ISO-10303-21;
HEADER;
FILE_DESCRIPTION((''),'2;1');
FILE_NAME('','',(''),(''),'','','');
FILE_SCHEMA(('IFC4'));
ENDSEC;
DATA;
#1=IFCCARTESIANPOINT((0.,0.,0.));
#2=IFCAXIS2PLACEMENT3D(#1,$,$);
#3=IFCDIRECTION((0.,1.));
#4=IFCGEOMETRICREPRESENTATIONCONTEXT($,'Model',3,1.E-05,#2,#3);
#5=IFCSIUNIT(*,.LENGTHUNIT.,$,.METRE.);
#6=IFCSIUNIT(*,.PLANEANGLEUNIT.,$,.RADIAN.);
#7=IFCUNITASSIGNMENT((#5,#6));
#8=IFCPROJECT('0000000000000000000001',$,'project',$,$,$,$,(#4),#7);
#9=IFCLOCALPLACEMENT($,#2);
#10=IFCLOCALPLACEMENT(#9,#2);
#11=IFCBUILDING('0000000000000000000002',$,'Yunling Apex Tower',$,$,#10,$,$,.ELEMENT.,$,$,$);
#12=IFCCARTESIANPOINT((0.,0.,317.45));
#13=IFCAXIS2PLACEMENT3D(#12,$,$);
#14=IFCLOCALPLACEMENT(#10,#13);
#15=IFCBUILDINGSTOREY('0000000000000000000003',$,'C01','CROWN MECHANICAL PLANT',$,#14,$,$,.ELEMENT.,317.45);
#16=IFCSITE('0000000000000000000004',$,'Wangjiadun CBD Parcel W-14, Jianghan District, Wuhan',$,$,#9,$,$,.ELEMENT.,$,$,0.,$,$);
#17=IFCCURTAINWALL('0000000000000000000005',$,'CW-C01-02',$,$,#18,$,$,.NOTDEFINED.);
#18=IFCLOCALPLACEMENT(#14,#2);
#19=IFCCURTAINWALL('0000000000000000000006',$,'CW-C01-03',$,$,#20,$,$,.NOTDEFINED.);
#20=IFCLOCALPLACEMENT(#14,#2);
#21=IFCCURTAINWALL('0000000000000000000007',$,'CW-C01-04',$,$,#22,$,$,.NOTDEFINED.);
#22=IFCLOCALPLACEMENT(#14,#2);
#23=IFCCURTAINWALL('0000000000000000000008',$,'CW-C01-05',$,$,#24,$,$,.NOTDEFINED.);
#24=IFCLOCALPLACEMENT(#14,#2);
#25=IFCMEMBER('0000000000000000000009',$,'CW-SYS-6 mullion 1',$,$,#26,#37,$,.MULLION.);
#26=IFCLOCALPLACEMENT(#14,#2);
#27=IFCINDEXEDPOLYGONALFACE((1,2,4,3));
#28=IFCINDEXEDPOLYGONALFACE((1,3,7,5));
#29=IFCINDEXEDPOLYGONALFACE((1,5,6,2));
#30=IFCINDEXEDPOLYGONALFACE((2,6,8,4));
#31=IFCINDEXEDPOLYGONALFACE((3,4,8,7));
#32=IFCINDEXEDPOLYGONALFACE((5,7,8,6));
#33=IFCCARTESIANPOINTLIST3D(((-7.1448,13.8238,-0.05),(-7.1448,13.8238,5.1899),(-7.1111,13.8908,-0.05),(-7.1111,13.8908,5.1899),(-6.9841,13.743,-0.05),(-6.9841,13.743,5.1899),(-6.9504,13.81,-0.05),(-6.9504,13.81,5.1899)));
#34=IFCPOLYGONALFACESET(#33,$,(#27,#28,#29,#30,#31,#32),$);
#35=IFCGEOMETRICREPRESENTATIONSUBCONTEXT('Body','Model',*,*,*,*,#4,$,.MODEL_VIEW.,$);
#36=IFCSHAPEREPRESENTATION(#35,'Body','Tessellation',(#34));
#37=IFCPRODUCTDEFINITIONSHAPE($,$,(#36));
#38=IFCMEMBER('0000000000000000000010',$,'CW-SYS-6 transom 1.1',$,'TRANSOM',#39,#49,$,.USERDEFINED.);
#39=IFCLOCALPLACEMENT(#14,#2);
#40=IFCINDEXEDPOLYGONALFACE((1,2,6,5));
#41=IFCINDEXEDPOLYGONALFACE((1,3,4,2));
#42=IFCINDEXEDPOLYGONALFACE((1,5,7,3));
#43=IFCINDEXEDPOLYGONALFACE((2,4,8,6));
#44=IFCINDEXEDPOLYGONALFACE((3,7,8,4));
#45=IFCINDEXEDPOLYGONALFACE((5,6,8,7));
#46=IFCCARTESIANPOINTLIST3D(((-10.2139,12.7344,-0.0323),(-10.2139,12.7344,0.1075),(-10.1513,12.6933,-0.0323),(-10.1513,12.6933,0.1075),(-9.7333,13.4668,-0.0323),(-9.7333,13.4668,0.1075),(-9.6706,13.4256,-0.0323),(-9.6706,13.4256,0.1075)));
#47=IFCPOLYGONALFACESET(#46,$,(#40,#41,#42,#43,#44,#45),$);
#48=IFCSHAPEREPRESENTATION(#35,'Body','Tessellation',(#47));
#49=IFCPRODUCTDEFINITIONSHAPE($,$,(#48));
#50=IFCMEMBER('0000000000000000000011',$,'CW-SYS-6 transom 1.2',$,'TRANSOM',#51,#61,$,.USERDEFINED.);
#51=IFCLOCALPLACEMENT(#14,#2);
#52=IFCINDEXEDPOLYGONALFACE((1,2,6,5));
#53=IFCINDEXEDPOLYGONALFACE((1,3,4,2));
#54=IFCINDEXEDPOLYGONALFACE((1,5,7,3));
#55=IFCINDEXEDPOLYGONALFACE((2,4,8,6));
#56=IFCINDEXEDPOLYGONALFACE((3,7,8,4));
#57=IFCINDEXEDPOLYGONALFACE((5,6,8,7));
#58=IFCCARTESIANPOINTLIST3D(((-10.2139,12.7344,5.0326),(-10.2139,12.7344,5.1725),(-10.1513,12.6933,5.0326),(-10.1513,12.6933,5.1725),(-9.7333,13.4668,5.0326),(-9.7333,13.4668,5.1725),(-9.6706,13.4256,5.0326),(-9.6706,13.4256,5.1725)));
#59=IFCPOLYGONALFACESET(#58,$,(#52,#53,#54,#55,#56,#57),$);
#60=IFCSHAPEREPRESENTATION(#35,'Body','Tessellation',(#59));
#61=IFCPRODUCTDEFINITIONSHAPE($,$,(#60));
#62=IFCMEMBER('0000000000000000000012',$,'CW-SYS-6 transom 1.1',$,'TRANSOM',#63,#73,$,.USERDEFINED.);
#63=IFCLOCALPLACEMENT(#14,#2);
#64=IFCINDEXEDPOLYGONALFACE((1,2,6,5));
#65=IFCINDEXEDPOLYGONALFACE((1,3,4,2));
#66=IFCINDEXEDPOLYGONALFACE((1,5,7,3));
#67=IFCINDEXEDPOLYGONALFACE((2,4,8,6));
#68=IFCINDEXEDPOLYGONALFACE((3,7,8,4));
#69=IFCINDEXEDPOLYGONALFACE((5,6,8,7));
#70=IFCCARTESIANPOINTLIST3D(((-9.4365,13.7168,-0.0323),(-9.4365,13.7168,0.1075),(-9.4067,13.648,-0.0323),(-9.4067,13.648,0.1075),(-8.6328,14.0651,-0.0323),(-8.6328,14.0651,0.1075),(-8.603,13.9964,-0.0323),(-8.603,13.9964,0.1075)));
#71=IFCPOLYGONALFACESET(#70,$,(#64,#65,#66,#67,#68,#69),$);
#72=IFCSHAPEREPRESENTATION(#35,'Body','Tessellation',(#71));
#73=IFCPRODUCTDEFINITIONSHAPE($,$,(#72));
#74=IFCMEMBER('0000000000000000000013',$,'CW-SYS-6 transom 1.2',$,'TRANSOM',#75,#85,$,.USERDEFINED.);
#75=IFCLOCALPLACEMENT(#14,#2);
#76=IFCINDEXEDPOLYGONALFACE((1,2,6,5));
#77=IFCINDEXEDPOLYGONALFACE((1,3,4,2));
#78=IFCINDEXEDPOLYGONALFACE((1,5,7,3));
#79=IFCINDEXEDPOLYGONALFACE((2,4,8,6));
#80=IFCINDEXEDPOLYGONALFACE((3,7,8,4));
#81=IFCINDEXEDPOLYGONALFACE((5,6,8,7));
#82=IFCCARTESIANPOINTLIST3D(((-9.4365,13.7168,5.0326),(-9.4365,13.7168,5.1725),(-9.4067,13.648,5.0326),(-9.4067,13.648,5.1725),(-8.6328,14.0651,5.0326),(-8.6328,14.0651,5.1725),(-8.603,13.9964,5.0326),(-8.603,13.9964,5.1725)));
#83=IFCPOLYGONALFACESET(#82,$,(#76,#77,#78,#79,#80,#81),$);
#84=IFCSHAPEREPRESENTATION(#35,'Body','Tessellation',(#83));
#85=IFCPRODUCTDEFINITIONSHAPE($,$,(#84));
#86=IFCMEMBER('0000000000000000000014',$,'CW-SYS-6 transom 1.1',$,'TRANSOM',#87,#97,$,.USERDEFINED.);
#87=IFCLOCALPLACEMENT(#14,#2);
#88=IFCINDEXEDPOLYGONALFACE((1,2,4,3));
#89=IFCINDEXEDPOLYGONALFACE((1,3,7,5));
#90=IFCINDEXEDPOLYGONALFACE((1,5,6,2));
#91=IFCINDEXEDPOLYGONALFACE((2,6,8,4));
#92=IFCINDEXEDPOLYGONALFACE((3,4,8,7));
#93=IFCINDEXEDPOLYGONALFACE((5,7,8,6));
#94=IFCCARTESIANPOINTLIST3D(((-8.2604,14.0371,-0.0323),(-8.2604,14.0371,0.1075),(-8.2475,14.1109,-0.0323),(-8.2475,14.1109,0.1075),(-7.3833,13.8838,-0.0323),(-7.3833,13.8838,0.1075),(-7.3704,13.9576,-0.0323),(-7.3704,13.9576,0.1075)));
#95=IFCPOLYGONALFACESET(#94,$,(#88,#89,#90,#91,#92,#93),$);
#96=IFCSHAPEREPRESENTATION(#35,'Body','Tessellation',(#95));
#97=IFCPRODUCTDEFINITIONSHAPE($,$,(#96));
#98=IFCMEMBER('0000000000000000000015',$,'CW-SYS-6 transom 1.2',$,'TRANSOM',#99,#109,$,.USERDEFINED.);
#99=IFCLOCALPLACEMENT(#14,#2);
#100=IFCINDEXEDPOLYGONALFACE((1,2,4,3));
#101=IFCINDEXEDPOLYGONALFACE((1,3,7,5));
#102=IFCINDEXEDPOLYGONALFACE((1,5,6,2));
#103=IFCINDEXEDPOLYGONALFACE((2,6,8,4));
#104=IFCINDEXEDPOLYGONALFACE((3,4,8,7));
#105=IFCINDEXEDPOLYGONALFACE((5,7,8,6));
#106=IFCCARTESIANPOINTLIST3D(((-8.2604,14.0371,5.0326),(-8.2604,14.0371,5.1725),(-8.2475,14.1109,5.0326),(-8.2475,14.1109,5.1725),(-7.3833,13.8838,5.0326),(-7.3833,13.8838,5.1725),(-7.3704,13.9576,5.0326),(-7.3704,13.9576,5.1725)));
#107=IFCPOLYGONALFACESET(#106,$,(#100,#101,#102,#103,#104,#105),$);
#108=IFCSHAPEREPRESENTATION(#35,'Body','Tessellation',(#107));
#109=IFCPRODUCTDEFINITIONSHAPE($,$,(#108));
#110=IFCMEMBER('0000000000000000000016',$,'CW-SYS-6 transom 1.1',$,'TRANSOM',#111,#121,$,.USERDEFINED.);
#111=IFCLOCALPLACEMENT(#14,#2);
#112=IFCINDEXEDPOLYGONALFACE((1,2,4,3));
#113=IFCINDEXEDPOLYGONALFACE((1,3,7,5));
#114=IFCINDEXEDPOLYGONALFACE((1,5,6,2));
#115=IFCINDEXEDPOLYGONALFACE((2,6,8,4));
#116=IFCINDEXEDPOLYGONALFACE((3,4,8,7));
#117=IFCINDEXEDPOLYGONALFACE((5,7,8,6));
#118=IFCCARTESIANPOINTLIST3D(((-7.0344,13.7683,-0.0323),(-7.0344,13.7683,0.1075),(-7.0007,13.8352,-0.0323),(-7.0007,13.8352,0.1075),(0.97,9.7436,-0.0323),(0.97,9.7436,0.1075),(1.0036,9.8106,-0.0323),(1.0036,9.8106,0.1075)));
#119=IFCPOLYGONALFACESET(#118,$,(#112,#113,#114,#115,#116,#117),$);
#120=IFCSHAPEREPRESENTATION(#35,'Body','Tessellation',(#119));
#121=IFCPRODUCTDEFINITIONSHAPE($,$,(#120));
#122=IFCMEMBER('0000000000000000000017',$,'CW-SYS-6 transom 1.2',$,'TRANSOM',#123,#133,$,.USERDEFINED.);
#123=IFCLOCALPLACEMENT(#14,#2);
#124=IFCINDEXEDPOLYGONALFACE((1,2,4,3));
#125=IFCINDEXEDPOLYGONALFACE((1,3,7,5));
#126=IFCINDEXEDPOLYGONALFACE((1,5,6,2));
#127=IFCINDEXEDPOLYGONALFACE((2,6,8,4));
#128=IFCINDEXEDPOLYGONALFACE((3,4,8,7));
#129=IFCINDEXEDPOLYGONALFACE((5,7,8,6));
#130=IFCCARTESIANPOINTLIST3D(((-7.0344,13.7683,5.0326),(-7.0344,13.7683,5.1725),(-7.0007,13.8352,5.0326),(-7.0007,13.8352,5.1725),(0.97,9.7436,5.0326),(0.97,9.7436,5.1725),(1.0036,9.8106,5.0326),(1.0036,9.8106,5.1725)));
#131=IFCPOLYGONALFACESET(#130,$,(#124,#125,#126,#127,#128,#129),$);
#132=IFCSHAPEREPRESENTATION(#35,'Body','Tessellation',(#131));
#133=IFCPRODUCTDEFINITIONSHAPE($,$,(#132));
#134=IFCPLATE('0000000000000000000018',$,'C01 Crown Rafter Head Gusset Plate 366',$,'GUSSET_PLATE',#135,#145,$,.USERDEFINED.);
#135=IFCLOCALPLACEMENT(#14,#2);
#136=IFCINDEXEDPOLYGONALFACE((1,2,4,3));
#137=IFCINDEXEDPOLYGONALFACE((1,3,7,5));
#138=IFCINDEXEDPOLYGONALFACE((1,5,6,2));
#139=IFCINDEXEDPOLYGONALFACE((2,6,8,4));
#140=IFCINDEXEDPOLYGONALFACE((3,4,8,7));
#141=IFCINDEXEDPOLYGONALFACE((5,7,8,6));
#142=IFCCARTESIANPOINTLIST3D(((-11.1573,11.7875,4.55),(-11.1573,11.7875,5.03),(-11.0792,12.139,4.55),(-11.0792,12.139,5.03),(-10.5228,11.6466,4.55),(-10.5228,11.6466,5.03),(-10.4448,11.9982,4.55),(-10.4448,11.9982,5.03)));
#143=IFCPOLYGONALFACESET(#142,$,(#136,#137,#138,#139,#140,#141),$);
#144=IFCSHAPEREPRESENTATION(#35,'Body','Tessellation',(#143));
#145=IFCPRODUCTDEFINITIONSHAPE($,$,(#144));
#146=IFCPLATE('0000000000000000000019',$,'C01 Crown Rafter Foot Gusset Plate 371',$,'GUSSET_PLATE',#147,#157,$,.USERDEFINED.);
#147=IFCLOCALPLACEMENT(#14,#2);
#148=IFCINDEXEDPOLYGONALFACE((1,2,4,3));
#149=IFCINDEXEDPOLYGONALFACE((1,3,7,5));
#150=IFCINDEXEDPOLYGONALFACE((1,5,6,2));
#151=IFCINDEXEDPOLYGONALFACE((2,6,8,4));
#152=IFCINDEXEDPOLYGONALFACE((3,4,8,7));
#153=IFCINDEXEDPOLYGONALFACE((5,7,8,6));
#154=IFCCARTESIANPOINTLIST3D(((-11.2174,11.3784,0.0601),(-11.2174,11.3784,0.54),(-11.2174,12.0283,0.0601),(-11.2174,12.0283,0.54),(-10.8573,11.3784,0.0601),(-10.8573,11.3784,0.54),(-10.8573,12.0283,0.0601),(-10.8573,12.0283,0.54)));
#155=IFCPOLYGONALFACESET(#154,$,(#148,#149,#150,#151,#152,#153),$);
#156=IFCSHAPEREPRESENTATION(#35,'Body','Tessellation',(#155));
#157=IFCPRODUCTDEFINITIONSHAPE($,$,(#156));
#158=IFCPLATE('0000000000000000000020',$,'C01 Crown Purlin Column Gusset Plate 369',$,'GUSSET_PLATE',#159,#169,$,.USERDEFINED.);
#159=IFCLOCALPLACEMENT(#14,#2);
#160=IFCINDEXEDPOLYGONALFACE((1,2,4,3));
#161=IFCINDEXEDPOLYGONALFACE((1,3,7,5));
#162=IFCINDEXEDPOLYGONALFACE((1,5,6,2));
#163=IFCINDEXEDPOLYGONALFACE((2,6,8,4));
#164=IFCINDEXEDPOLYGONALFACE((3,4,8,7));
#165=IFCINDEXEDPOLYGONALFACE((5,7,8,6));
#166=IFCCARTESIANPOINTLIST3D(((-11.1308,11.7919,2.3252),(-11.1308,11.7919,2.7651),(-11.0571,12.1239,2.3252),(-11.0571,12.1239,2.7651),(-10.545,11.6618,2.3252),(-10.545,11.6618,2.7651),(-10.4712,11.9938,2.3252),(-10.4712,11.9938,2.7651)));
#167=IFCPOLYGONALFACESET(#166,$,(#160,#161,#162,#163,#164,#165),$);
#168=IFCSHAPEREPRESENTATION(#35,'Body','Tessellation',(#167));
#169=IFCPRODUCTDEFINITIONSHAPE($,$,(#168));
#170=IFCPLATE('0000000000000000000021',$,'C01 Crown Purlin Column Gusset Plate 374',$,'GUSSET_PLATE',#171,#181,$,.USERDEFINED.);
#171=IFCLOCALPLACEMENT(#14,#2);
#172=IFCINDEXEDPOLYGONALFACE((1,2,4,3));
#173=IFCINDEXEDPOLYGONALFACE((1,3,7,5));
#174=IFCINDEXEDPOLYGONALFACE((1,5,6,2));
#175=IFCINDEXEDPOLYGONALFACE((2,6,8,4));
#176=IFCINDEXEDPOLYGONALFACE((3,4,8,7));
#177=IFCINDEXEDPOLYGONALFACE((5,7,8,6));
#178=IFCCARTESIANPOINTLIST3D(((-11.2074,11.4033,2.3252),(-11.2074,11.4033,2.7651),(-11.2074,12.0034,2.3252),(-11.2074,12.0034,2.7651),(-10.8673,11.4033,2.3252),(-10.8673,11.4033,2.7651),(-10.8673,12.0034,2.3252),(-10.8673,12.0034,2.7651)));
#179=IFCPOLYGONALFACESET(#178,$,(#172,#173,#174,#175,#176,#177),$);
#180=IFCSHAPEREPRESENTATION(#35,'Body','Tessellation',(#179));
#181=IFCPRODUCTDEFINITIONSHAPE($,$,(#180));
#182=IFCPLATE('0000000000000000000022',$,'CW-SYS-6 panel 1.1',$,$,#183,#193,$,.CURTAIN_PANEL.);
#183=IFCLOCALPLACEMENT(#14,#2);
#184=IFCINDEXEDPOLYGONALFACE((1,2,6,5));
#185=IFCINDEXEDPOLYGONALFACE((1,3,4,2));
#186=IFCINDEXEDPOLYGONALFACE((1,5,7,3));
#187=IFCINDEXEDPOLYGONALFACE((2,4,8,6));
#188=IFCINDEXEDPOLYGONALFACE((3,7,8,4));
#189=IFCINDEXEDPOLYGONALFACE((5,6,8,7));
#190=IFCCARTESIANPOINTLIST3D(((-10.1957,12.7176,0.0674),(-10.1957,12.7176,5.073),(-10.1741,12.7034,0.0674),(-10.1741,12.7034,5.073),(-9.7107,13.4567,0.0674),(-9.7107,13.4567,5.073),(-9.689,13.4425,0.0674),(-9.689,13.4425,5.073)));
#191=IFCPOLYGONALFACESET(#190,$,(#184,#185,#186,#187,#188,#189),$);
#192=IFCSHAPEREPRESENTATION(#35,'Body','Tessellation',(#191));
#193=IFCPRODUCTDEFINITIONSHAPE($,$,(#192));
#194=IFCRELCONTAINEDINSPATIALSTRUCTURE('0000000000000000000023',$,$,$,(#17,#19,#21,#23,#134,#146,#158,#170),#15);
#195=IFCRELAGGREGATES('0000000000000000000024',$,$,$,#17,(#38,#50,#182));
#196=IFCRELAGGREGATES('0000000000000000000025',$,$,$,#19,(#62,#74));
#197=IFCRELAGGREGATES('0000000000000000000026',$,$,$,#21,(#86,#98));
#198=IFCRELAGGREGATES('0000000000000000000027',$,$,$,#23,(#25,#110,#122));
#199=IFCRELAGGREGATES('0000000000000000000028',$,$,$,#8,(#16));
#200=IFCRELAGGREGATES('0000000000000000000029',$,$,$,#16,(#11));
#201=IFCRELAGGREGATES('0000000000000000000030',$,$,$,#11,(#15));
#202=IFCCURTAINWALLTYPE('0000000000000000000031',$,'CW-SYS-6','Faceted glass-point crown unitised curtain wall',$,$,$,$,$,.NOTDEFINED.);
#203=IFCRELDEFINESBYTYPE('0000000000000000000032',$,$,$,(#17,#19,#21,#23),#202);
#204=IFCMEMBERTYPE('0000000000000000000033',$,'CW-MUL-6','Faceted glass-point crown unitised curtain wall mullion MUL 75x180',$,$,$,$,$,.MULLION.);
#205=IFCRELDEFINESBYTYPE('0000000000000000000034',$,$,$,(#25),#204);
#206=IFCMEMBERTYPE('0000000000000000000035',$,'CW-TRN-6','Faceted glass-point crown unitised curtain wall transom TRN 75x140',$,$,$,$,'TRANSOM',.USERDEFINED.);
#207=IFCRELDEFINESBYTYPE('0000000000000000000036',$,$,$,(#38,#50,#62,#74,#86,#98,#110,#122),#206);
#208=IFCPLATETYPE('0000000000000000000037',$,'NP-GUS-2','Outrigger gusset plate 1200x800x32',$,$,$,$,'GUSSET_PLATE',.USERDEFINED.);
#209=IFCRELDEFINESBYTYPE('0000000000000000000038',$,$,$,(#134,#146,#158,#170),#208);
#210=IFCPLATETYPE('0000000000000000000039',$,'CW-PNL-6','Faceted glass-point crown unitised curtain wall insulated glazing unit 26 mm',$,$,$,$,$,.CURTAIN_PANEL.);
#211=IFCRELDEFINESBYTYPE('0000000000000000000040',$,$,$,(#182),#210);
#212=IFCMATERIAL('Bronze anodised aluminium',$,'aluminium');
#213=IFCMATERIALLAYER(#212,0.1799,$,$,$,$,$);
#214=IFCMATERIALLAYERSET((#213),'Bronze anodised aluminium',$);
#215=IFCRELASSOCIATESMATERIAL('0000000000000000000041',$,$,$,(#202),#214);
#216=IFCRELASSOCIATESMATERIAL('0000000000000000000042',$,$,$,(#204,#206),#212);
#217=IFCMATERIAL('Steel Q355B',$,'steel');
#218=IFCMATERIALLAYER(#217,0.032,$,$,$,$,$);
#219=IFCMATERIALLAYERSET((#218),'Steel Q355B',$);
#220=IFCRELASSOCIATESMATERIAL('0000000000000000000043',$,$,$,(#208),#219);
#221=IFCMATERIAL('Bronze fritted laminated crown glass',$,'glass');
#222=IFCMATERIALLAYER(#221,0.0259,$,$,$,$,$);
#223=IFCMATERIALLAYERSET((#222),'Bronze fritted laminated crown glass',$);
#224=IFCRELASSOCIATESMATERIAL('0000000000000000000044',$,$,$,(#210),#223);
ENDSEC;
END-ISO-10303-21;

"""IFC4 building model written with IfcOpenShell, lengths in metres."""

from ifc_helpers import new_model, si_unit, direction, frame, origin, origin_2d, place, context, subcontext, project, spatial, rectangle, extrude, source, transform, mapped, material, layer, layer_set, material_profile, profile_set, type_object, element, aggregate, save


model = new_model("IFC4")

# Units and contexts
model_context = context("Model", 3, precision=1e-05, world=origin(), true_north=direction((0.0, 1.0)))
body_context = subcontext(model_context, "Body", "Model", "MODEL_VIEW")
ifc_project = project(units=[si_unit("LENGTHUNIT", "METRE"), si_unit("PLANEANGLEUNIT", "RADIAN")], contexts=[model_context])

# Site, building, storey
site_placement = place(None, origin())
site = spatial("IfcSite", under=ifc_project, at=site_placement, Name="Wangjiadun CBD Parcel W-14, Jianghan District, Wuhan", CompositionType="ELEMENT", RefElevation=0.0)
building_placement = place(site_placement, origin())
building = spatial("IfcBuilding", under=site, at=building_placement, Name="Yunling Apex Tower", CompositionType="ELEMENT")
storey_placement = place(building_placement, frame((0.0, 0.0, 317.45)))
storey = spatial("IfcBuildingStorey", under=building, at=storey_placement, Name="C01", Description="CROWN MECHANICAL PLANT", CompositionType="ELEMENT", Elevation=317.45)

# Shared definitions
ifc_material_1 = material(Name="Steel Q355B", Category="steel")

# Shared definitions
ifc_material_2 = material(Name="Bronze anodised aluminium", Category="aluminium")
ifc_layer_1 = layer(ifc_material_2, 0.1799)
ifc_layer_set_1 = layer_set([ifc_layer_1], Name="Bronze anodised aluminium")
curtain_wall_type = type_object("IfcCurtainWallType", Name="CW-SYS-6", Description="Faceted glass-point crown unitised curtain wall", PredefinedType="NOTDEFINED", material=ifc_layer_set_1)
ifc_material_profile_1 = material_profile(ifc_material_2, rectangle(XDim=0.075, YDim=0.1799, at=origin_2d()))
ifc_profile_set_1 = profile_set([ifc_material_profile_1], Name="Bronze anodised aluminium")
member_type_1 = type_object("IfcMemberType", Name="CW-MUL-6", Description="Faceted glass-point crown unitised curtain wall mullion MUL 75x180", PredefinedType="MULLION", material=ifc_profile_set_1)
shared_shape_1 = source(origin(), body_context, "Body", "SweptSolid", [
    extrude(rectangle(XDim=0.075, YDim=0.1799, at=origin_2d()), origin(), (0.0, 0.0, 1.0), 5.24),
])

# Curtain walls
curtain_wall_1_placement = place(storey_placement, origin())
curtain_wall_1 = element("IfcCurtainWall", 1, at=curtain_wall_1_placement, inside=storey, type_object=curtain_wall_type, Name="CW-C01-02", PredefinedType="NOTDEFINED")
curtain_wall_2_placement = place(storey_placement, origin())
curtain_wall_2 = element("IfcCurtainWall", 2, at=curtain_wall_2_placement, inside=storey, type_object=curtain_wall_type, Name="CW-C01-03", PredefinedType="NOTDEFINED")
curtain_wall_3_placement = place(storey_placement, origin())
curtain_wall_3 = element("IfcCurtainWall", 3, at=curtain_wall_3_placement, inside=storey, type_object=curtain_wall_type, Name="CW-C01-04", PredefinedType="NOTDEFINED")

# Curtain wall, member
curtain_wall_4_placement = place(storey_placement, origin())
curtain_wall_4 = element("IfcCurtainWall", 4, at=curtain_wall_4_placement, inside=storey, type_object=curtain_wall_type, Name="CW-C01-05", PredefinedType="NOTDEFINED")
member_1_placement = place(storey_placement, frame((-7.0476, 13.8169, -0.05), z_axis=(0.0, 0.0, 1.0), x_axis=(0.449228, 0.893417, 0.0)))
member_1 = element("IfcMember", 5, at=member_1_placement, type_object=member_type_1, Name="CW-SYS-6 mullion 1", PredefinedType="MULLION", context=body_context, shape_type="MappedRepresentation", body=[
    mapped(shared_shape_1, transform((0.0, 0.0, 0.0), scale=1.0)),
])

# Members
ifc_material_profile_2 = material_profile(ifc_material_2, rectangle(XDim=0.075, YDim=0.1399, at=origin_2d()))
ifc_profile_set_2 = profile_set([ifc_material_profile_2], Name="Bronze anodised aluminium")
member_type_2 = type_object("IfcMemberType", Name="CW-TRN-6", Description="Faceted glass-point crown unitised curtain wall transom TRN 75x140", ElementType="TRANSOM", PredefinedType="USERDEFINED", material=ifc_profile_set_2)
shared_shape_2 = source(origin(), body_context, "Body", "SweptSolid", [
    extrude(rectangle(XDim=0.075, YDim=0.1399, at=origin_2d()), origin(), (0.0, 0.0, 1.0), 0.876),
])
member_2_placement = place(storey_placement, frame((-10.1826, 12.7139, 0.0376), z_axis=(0.548705, 0.836016, 0.0), x_axis=(-0.836016, 0.548705, 0.0)))
member_2 = element("IfcMember", 6, at=member_2_placement, type_object=member_type_2, Name="CW-SYS-6 transom 1.1", ObjectType="TRANSOM", PredefinedType="USERDEFINED", context=body_context, shape_type="MappedRepresentation", body=[
    mapped(shared_shape_2, transform((0.0, 0.0, 0.0), scale=1.0)),
])
member_3_placement = place(storey_placement, frame((-10.1826, 12.7139, 5.1025), z_axis=(0.548705, 0.836016, 0.0), x_axis=(-0.836016, 0.548705, 0.0)))
member_3 = element("IfcMember", 7, at=member_3_placement, type_object=member_type_2, Name="CW-SYS-6 transom 1.2", ObjectType="TRANSOM", PredefinedType="USERDEFINED", context=body_context, shape_type="MappedRepresentation", body=[
    mapped(shared_shape_2, transform((0.0, 0.0, 0.0), scale=1.0)),
])
member_4_placement = place(storey_placement, frame((-9.4216, 13.6824, 0.0376), z_axis=(0.917508, 0.397717, 0.0), x_axis=(-0.397717, 0.917508, 0.0)))
member_4 = element("IfcMember", 8, at=member_4_placement, type_object=member_type_2, Name="CW-SYS-6 transom 1.1", ObjectType="TRANSOM", PredefinedType="USERDEFINED", context=body_context, shape_type="MappedRepresentation", body=[
    mapped(shared_shape_2, transform((0.0, 0.0, 0.0), scale=1.0)),
])
member_5_placement = place(storey_placement, frame((-9.4216, 13.6824, 5.1025), z_axis=(0.917508, 0.397717, 0.0), x_axis=(-0.397717, 0.917508, 0.0)))
member_5 = element("IfcMember", 9, at=member_5_placement, type_object=member_type_2, Name="CW-SYS-6 transom 1.2", ObjectType="TRANSOM", PredefinedType="USERDEFINED", context=body_context, shape_type="MappedRepresentation", body=[
    mapped(shared_shape_2, transform((0.0, 0.0, 0.0), scale=1.0)),
])
shared_shape_3 = source(origin(), body_context, "Body", "SweptSolid", [
    extrude(rectangle(XDim=0.075, YDim=0.1399, at=origin_2d()), origin(), (0.0, 0.0, 1.0), 0.8904),
])
member_6_placement = place(storey_placement, frame((-8.2539, 14.074, 0.0376), z_axis=(0.985067, -0.172174, 0.0), x_axis=(0.172174, 0.985067, 0.0)))
member_6 = element("IfcMember", 10, at=member_6_placement, type_object=member_type_2, Name="CW-SYS-6 transom 1.1", ObjectType="TRANSOM", PredefinedType="USERDEFINED", context=body_context, shape_type="MappedRepresentation", body=[
    mapped(shared_shape_3, transform((0.0, 0.0, 0.0), scale=1.0)),
])
member_7_placement = place(storey_placement, frame((-8.2539, 14.074, 5.1025), z_axis=(0.985067, -0.172174, 0.0), x_axis=(0.172174, 0.985067, 0.0)))
member_7 = element("IfcMember", 11, at=member_7_placement, type_object=member_type_2, Name="CW-SYS-6 transom 1.2", ObjectType="TRANSOM", PredefinedType="USERDEFINED", context=body_context, shape_type="MappedRepresentation", body=[
    mapped(shared_shape_3, transform((0.0, 0.0, 0.0), scale=1.0)),
])
shared_shape_4 = source(origin(), body_context, "Body", "SweptSolid", [
    extrude(rectangle(XDim=0.075, YDim=0.1399, at=origin_2d()), origin(), (0.0, 0.0, 1.0), 8.9592),
])
member_8_placement = place(storey_placement, frame((-7.0176, 13.8018, 0.0376), z_axis=(0.893422, -0.449218, 0.0), x_axis=(0.449218, 0.893422, 0.0)))
member_8 = element("IfcMember", 12, at=member_8_placement, type_object=member_type_2, Name="CW-SYS-6 transom 1.1", ObjectType="TRANSOM", PredefinedType="USERDEFINED", context=body_context, shape_type="MappedRepresentation", body=[
    mapped(shared_shape_4, transform((0.0, 0.0, 0.0), scale=1.0)),
])
member_9_placement = place(storey_placement, frame((-7.0176, 13.8018, 5.1025), z_axis=(0.893422, -0.449218, 0.0), x_axis=(0.449218, 0.893422, 0.0)))
member_9 = element("IfcMember", 13, at=member_9_placement, type_object=member_type_2, Name="CW-SYS-6 transom 1.2", ObjectType="TRANSOM", PredefinedType="USERDEFINED", context=body_context, shape_type="MappedRepresentation", body=[
    mapped(shared_shape_4, transform((0.0, 0.0, 0.0), scale=1.0)),
])

# Plates
ifc_layer_2 = layer(ifc_material_1, 0.032)
ifc_layer_set_2 = layer_set([ifc_layer_2], Name="Steel Q355B")
plate_type_1 = type_object("IfcPlateType", Name="NP-GUS-2", Description="Outrigger gusset plate 1200x800x32", ElementType="GUSSET_PLATE", PredefinedType="USERDEFINED", material=ifc_layer_set_2)
shared_shape_5 = source(origin(), body_context, "Body", "SweptSolid", [
    extrude(rectangle(XDim=0.6499, YDim=0.3601, at=origin_2d()), origin(), (0.0, 0.0, 1.0), 0.48),
])
for number, where, z_axis, x_axis, name in (
    (14, (-10.801, 11.8928, 4.55), (0.0, 0.0, 1.0), (-0.97622, 0.21678, 0.0), "C01 Crown Rafter Head Gusset Plate 366"),
    (15, (-11.0374, 11.7034, 0.0601), (0.0, 0.0, 1.0), (0.0, -1.0, 0.0), "C01 Crown Rafter Foot Gusset Plate 371"),
):
    element("IfcPlate", number, at=place(storey_placement, frame(where, z_axis=z_axis, x_axis=x_axis)), inside=storey, type_object=plate_type_1, Name=name, ObjectType="GUSSET_PLATE", PredefinedType="USERDEFINED", context=body_context, shape_type="MappedRepresentation", body=[
        mapped(shared_shape_5, transform((0.0, 0.0, 0.0), scale=1.0)),
    ])
shared_shape_6 = source(origin(), body_context, "Body", "SweptSolid", [
    extrude(rectangle(XDim=0.6001, YDim=0.3401, at=origin_2d()), origin(), (0.0, 0.0, 1.0), 0.4399),
])
for number, where, z_axis, x_axis, name in (
    (16, (-10.801, 11.8928, 2.3252), (0.0, 0.0, 1.0), (-0.97622, 0.21678, 0.0), "C01 Crown Purlin Column Gusset Plate 369"),
    (17, (-11.0374, 11.7034, 2.3252), (0.0, 0.0, 1.0), (0.0, -1.0, 0.0), "C01 Crown Purlin Column Gusset Plate 374"),
):
    element("IfcPlate", number, at=place(storey_placement, frame(where, z_axis=z_axis, x_axis=x_axis)), inside=storey, type_object=plate_type_1, Name=name, ObjectType="GUSSET_PLATE", PredefinedType="USERDEFINED", context=body_context, shape_type="MappedRepresentation", body=[
        mapped(shared_shape_6, transform((0.0, 0.0, 0.0), scale=1.0)),
    ])

# Plate
ifc_material_3 = material(Name="Bronze fritted laminated crown glass", Category="glass")
ifc_layer_3 = layer(ifc_material_3, 0.0259)
ifc_layer_set_3 = layer_set([ifc_layer_3], Name="Bronze fritted laminated crown glass")
plate_type_2 = type_object("IfcPlateType", Name="CW-PNL-6", Description="Faceted glass-point crown unitised curtain wall insulated glazing unit 26 mm", PredefinedType="CURTAIN_PANEL", material=ifc_layer_set_3)
shared_shape_7 = source(origin(), body_context, "Body", "SweptSolid", [
    extrude(rectangle(XDim=0.884, YDim=0.0259, at=origin_2d()), origin(), (0.0, 0.0, 1.0), 5.0056),
])
plate_1_placement = place(storey_placement, frame((-9.9424, 13.0801, 0.0674), z_axis=(0.0, 0.0, 1.0), x_axis=(0.548659, 0.836047, 0.0)))
plate_1 = element("IfcPlate", 18, at=plate_1_placement, type_object=plate_type_2, Name="CW-SYS-6 panel 1.1", PredefinedType="CURTAIN_PANEL", context=body_context, shape_type="MappedRepresentation", body=[
    mapped(shared_shape_7, transform((0.0, 0.0, 0.0), scale=1.0)),
])
aggregate(curtain_wall_1, [member_2, member_3, plate_1])
aggregate(curtain_wall_2, [member_4, member_5])
aggregate(curtain_wall_3, [member_6, member_7])
aggregate(curtain_wall_4, [member_1, member_8, member_9])

save(model, "model.ifc")
